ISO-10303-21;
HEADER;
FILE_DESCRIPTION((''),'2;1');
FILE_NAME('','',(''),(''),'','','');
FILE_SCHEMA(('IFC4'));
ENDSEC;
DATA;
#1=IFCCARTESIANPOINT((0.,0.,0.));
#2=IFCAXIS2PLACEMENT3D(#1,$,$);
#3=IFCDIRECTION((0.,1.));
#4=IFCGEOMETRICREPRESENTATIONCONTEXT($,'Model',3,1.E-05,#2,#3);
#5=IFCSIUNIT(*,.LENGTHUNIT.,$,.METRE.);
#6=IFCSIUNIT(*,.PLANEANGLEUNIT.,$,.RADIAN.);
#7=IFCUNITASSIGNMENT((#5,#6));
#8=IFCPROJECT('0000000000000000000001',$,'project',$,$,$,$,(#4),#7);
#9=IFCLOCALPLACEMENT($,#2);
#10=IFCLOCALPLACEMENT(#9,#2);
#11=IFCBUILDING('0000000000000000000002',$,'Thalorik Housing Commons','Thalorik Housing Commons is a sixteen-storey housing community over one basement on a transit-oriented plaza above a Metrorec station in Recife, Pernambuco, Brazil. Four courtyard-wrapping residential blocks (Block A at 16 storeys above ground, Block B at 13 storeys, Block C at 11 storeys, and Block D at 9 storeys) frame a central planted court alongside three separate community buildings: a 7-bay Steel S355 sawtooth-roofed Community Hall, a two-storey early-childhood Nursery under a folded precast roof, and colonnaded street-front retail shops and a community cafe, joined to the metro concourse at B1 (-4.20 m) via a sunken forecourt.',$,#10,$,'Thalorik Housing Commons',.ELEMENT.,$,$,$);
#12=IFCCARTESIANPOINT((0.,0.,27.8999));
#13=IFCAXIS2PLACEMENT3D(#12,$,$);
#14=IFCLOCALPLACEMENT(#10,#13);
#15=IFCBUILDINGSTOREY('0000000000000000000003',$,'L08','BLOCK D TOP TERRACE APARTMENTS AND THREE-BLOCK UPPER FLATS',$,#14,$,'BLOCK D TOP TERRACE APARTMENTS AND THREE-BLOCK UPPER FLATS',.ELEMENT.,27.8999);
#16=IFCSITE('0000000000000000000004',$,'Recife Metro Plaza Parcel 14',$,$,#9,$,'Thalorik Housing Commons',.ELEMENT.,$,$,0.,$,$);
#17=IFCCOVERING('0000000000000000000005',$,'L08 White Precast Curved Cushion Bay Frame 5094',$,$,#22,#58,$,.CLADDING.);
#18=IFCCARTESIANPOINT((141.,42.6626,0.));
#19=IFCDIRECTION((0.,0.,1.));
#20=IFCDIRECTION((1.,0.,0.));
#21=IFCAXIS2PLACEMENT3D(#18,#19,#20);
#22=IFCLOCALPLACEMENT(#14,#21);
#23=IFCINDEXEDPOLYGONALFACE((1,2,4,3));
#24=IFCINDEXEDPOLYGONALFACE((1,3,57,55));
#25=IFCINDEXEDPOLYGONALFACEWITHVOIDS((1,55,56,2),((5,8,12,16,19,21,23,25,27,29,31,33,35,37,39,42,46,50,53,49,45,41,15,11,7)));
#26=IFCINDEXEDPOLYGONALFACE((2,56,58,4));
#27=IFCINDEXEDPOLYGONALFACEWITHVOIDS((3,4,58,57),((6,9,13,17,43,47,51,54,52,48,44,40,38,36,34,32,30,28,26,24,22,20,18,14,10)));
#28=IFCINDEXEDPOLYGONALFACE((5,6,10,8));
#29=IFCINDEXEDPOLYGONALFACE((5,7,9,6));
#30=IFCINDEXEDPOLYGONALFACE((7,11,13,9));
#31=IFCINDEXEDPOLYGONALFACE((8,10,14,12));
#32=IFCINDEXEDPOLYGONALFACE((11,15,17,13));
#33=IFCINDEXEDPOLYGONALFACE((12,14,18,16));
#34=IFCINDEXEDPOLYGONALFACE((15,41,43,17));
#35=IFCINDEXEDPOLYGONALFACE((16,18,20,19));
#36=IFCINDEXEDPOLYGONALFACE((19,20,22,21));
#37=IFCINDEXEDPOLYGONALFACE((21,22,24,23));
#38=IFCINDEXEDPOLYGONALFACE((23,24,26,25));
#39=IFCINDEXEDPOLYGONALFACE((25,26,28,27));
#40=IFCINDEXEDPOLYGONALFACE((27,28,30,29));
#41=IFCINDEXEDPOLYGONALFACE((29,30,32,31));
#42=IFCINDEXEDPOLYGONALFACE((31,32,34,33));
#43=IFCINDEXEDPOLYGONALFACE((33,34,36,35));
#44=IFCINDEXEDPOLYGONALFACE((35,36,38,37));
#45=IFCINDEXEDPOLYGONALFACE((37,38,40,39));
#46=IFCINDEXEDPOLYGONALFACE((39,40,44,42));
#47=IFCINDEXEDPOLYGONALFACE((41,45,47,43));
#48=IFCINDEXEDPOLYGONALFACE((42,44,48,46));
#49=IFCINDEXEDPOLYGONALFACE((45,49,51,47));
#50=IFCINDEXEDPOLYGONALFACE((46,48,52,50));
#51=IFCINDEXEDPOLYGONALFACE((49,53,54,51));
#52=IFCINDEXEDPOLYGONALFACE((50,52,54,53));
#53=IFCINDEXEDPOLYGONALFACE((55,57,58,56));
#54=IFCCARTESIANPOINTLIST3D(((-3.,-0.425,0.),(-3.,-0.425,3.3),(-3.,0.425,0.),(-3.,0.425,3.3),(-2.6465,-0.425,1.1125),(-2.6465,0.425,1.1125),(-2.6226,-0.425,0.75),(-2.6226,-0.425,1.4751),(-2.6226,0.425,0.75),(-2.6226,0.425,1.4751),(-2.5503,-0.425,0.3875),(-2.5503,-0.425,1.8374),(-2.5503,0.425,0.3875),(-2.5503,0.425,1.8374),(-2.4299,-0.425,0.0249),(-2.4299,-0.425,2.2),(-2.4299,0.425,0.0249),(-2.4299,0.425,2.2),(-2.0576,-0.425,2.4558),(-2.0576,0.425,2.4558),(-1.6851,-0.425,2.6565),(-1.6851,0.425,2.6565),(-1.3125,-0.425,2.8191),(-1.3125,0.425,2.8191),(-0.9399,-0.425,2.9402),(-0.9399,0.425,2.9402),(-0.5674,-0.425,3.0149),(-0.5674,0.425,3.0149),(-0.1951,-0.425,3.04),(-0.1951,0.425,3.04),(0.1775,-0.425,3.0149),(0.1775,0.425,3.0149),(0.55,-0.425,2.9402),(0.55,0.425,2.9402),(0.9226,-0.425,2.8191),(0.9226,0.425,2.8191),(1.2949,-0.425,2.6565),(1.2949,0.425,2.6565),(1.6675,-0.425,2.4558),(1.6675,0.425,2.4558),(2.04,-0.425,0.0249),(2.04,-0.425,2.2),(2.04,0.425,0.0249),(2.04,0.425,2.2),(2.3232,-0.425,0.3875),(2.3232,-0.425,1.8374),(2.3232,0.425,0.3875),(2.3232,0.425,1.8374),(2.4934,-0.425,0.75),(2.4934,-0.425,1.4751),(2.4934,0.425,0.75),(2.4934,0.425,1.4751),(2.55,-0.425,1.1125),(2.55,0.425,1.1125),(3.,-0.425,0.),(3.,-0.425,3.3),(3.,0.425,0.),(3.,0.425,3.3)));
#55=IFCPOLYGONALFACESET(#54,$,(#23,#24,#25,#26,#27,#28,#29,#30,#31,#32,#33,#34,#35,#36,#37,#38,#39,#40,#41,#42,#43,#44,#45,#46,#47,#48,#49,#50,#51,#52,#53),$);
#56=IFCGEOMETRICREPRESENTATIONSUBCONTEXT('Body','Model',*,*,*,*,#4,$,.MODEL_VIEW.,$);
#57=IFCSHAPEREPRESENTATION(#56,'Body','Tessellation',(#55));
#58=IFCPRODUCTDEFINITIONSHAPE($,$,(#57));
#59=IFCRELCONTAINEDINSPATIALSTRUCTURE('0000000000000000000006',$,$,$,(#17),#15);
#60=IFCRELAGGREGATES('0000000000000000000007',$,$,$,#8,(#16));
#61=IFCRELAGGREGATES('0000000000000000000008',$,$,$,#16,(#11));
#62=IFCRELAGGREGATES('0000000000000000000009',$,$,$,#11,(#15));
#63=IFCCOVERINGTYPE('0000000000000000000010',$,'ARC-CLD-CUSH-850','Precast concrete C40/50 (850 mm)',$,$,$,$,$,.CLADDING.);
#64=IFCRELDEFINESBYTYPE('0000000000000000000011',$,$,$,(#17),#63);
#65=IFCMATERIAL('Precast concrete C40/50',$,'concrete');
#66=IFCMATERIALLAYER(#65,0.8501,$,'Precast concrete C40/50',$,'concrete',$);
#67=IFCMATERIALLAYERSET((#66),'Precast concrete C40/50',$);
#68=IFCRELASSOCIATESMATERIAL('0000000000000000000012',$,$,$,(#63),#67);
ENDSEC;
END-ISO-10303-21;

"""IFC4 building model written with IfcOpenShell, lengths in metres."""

from ifc_helpers import new_model, si_unit, direction, frame, origin, place, context, subcontext, project, spatial, polyline, outline, extrude, material, layer, layer_set, type_object, element, save


model = new_model("IFC4")

# Units and contexts
model_context = context("Model", 3, precision=1e-05, world=origin(), true_north=direction((0.0, 1.0)))
body_context = subcontext(model_context, "Body", "Model", "MODEL_VIEW")
ifc_project = project(units=[si_unit("LENGTHUNIT", "METRE"), si_unit("PLANEANGLEUNIT", "RADIAN")], contexts=[model_context])

# Site, building, storey
site_placement = place(None, origin())
site = spatial("IfcSite", under=ifc_project, at=site_placement, Name="Recife Metro Plaza Parcel 14", LongName="Thalorik Housing Commons", CompositionType="ELEMENT", RefElevation=0.0)
building_placement = place(site_placement, origin())
building = spatial("IfcBuilding", under=site, at=building_placement, Name="Thalorik Housing Commons", Description="Thalorik Housing Commons is a sixteen-storey housing community over one basement on a transit-oriented plaza above a Metrorec station in Recife, Pernambuco, Brazil. Four courtyard-wrapping residential blocks (Block A at 16 storeys above ground, Block B at 13 storeys, Block C at 11 storeys, and Block D at 9 storeys) frame a central planted court alongside three separate community buildings: a 7-bay Steel S355 sawtooth-roofed Community Hall, a two-storey early-childhood Nursery under a folded precast roof, and colonnaded street-front retail shops and a community cafe, joined to the metro concourse at B1 (-4.20 m) via a sunken forecourt.", LongName="Thalorik Housing Commons", CompositionType="ELEMENT")
storey_placement = place(building_placement, frame((0.0, 0.0, 27.8999)))
storey = spatial("IfcBuildingStorey", under=building, at=storey_placement, Name="L08", Description="BLOCK D TOP TERRACE APARTMENTS AND THREE-BLOCK UPPER FLATS", LongName="BLOCK D TOP TERRACE APARTMENTS AND THREE-BLOCK UPPER FLATS", CompositionType="ELEMENT", Elevation=27.8999)

# Shared definitions
ifc_material_1 = material(Name="Precast concrete C40/50", Category="concrete")

# Covering
ifc_layer_1 = layer(ifc_material_1, 0.8501, Name="Precast concrete C40/50", Category="concrete")
ifc_layer_set_1 = layer_set([ifc_layer_1], Name="Precast concrete C40/50")
covering_type_1 = type_object("IfcCoveringType", Name="ARC-CLD-CUSH-850", Description="Precast concrete C40/50 (850 mm)", PredefinedType="CLADDING", material=ifc_layer_set_1)
covering_1_placement = place(storey_placement, frame((141.0, 42.6626, 0.0), z_axis=(0.0, 0.0, 1.0), x_axis=(1.0, 0.0, 0.0)))
element("IfcCovering", 1, at=covering_1_placement, inside=storey, type_object=covering_type_1, Name="L08 White Precast Curved Cushion Bay Frame 5094", PredefinedType="CLADDING", context=body_context, shape_type="SweptSolid", body=[
    extrude(outline(polyline([(-3.0, 0.0), (3.0, 0.0), (3.0, 3.3), (-3.0, 3.3), (-3.0, 0.0)]), holes=[polyline([(2.04, 0.0249), (2.3232, 0.3875), (2.4934, 0.75), (2.55, 1.1125), (2.4934, 1.4751), (2.3232, 1.8374), (2.04, 2.2), (1.6675, 2.4558), (1.2949, 2.6565), (0.9226, 2.8191), (0.55, 2.9402), (0.1775, 3.0149), (-0.1951, 3.04), (-0.5674, 3.0149), (-0.9399, 2.9402), (-1.3125, 2.8191), (-1.6851, 2.6565), (-2.0576, 2.4558), (-2.4299, 2.2), (-2.5503, 1.8374), (-2.6226, 1.4751), (-2.6465, 1.1125), (-2.6226, 0.75), (-2.5503, 0.3875), (-2.4299, 0.0249), (2.04, 0.0249)])]), frame((0.0, 0.425, 0.0), z_axis=(0.0, -1.0, 0.0), x_axis=(1.0, 0.0, 0.0)), (0.0, 0.0, 1.0), 0.8501),
])

save(model, "model.ifc")
